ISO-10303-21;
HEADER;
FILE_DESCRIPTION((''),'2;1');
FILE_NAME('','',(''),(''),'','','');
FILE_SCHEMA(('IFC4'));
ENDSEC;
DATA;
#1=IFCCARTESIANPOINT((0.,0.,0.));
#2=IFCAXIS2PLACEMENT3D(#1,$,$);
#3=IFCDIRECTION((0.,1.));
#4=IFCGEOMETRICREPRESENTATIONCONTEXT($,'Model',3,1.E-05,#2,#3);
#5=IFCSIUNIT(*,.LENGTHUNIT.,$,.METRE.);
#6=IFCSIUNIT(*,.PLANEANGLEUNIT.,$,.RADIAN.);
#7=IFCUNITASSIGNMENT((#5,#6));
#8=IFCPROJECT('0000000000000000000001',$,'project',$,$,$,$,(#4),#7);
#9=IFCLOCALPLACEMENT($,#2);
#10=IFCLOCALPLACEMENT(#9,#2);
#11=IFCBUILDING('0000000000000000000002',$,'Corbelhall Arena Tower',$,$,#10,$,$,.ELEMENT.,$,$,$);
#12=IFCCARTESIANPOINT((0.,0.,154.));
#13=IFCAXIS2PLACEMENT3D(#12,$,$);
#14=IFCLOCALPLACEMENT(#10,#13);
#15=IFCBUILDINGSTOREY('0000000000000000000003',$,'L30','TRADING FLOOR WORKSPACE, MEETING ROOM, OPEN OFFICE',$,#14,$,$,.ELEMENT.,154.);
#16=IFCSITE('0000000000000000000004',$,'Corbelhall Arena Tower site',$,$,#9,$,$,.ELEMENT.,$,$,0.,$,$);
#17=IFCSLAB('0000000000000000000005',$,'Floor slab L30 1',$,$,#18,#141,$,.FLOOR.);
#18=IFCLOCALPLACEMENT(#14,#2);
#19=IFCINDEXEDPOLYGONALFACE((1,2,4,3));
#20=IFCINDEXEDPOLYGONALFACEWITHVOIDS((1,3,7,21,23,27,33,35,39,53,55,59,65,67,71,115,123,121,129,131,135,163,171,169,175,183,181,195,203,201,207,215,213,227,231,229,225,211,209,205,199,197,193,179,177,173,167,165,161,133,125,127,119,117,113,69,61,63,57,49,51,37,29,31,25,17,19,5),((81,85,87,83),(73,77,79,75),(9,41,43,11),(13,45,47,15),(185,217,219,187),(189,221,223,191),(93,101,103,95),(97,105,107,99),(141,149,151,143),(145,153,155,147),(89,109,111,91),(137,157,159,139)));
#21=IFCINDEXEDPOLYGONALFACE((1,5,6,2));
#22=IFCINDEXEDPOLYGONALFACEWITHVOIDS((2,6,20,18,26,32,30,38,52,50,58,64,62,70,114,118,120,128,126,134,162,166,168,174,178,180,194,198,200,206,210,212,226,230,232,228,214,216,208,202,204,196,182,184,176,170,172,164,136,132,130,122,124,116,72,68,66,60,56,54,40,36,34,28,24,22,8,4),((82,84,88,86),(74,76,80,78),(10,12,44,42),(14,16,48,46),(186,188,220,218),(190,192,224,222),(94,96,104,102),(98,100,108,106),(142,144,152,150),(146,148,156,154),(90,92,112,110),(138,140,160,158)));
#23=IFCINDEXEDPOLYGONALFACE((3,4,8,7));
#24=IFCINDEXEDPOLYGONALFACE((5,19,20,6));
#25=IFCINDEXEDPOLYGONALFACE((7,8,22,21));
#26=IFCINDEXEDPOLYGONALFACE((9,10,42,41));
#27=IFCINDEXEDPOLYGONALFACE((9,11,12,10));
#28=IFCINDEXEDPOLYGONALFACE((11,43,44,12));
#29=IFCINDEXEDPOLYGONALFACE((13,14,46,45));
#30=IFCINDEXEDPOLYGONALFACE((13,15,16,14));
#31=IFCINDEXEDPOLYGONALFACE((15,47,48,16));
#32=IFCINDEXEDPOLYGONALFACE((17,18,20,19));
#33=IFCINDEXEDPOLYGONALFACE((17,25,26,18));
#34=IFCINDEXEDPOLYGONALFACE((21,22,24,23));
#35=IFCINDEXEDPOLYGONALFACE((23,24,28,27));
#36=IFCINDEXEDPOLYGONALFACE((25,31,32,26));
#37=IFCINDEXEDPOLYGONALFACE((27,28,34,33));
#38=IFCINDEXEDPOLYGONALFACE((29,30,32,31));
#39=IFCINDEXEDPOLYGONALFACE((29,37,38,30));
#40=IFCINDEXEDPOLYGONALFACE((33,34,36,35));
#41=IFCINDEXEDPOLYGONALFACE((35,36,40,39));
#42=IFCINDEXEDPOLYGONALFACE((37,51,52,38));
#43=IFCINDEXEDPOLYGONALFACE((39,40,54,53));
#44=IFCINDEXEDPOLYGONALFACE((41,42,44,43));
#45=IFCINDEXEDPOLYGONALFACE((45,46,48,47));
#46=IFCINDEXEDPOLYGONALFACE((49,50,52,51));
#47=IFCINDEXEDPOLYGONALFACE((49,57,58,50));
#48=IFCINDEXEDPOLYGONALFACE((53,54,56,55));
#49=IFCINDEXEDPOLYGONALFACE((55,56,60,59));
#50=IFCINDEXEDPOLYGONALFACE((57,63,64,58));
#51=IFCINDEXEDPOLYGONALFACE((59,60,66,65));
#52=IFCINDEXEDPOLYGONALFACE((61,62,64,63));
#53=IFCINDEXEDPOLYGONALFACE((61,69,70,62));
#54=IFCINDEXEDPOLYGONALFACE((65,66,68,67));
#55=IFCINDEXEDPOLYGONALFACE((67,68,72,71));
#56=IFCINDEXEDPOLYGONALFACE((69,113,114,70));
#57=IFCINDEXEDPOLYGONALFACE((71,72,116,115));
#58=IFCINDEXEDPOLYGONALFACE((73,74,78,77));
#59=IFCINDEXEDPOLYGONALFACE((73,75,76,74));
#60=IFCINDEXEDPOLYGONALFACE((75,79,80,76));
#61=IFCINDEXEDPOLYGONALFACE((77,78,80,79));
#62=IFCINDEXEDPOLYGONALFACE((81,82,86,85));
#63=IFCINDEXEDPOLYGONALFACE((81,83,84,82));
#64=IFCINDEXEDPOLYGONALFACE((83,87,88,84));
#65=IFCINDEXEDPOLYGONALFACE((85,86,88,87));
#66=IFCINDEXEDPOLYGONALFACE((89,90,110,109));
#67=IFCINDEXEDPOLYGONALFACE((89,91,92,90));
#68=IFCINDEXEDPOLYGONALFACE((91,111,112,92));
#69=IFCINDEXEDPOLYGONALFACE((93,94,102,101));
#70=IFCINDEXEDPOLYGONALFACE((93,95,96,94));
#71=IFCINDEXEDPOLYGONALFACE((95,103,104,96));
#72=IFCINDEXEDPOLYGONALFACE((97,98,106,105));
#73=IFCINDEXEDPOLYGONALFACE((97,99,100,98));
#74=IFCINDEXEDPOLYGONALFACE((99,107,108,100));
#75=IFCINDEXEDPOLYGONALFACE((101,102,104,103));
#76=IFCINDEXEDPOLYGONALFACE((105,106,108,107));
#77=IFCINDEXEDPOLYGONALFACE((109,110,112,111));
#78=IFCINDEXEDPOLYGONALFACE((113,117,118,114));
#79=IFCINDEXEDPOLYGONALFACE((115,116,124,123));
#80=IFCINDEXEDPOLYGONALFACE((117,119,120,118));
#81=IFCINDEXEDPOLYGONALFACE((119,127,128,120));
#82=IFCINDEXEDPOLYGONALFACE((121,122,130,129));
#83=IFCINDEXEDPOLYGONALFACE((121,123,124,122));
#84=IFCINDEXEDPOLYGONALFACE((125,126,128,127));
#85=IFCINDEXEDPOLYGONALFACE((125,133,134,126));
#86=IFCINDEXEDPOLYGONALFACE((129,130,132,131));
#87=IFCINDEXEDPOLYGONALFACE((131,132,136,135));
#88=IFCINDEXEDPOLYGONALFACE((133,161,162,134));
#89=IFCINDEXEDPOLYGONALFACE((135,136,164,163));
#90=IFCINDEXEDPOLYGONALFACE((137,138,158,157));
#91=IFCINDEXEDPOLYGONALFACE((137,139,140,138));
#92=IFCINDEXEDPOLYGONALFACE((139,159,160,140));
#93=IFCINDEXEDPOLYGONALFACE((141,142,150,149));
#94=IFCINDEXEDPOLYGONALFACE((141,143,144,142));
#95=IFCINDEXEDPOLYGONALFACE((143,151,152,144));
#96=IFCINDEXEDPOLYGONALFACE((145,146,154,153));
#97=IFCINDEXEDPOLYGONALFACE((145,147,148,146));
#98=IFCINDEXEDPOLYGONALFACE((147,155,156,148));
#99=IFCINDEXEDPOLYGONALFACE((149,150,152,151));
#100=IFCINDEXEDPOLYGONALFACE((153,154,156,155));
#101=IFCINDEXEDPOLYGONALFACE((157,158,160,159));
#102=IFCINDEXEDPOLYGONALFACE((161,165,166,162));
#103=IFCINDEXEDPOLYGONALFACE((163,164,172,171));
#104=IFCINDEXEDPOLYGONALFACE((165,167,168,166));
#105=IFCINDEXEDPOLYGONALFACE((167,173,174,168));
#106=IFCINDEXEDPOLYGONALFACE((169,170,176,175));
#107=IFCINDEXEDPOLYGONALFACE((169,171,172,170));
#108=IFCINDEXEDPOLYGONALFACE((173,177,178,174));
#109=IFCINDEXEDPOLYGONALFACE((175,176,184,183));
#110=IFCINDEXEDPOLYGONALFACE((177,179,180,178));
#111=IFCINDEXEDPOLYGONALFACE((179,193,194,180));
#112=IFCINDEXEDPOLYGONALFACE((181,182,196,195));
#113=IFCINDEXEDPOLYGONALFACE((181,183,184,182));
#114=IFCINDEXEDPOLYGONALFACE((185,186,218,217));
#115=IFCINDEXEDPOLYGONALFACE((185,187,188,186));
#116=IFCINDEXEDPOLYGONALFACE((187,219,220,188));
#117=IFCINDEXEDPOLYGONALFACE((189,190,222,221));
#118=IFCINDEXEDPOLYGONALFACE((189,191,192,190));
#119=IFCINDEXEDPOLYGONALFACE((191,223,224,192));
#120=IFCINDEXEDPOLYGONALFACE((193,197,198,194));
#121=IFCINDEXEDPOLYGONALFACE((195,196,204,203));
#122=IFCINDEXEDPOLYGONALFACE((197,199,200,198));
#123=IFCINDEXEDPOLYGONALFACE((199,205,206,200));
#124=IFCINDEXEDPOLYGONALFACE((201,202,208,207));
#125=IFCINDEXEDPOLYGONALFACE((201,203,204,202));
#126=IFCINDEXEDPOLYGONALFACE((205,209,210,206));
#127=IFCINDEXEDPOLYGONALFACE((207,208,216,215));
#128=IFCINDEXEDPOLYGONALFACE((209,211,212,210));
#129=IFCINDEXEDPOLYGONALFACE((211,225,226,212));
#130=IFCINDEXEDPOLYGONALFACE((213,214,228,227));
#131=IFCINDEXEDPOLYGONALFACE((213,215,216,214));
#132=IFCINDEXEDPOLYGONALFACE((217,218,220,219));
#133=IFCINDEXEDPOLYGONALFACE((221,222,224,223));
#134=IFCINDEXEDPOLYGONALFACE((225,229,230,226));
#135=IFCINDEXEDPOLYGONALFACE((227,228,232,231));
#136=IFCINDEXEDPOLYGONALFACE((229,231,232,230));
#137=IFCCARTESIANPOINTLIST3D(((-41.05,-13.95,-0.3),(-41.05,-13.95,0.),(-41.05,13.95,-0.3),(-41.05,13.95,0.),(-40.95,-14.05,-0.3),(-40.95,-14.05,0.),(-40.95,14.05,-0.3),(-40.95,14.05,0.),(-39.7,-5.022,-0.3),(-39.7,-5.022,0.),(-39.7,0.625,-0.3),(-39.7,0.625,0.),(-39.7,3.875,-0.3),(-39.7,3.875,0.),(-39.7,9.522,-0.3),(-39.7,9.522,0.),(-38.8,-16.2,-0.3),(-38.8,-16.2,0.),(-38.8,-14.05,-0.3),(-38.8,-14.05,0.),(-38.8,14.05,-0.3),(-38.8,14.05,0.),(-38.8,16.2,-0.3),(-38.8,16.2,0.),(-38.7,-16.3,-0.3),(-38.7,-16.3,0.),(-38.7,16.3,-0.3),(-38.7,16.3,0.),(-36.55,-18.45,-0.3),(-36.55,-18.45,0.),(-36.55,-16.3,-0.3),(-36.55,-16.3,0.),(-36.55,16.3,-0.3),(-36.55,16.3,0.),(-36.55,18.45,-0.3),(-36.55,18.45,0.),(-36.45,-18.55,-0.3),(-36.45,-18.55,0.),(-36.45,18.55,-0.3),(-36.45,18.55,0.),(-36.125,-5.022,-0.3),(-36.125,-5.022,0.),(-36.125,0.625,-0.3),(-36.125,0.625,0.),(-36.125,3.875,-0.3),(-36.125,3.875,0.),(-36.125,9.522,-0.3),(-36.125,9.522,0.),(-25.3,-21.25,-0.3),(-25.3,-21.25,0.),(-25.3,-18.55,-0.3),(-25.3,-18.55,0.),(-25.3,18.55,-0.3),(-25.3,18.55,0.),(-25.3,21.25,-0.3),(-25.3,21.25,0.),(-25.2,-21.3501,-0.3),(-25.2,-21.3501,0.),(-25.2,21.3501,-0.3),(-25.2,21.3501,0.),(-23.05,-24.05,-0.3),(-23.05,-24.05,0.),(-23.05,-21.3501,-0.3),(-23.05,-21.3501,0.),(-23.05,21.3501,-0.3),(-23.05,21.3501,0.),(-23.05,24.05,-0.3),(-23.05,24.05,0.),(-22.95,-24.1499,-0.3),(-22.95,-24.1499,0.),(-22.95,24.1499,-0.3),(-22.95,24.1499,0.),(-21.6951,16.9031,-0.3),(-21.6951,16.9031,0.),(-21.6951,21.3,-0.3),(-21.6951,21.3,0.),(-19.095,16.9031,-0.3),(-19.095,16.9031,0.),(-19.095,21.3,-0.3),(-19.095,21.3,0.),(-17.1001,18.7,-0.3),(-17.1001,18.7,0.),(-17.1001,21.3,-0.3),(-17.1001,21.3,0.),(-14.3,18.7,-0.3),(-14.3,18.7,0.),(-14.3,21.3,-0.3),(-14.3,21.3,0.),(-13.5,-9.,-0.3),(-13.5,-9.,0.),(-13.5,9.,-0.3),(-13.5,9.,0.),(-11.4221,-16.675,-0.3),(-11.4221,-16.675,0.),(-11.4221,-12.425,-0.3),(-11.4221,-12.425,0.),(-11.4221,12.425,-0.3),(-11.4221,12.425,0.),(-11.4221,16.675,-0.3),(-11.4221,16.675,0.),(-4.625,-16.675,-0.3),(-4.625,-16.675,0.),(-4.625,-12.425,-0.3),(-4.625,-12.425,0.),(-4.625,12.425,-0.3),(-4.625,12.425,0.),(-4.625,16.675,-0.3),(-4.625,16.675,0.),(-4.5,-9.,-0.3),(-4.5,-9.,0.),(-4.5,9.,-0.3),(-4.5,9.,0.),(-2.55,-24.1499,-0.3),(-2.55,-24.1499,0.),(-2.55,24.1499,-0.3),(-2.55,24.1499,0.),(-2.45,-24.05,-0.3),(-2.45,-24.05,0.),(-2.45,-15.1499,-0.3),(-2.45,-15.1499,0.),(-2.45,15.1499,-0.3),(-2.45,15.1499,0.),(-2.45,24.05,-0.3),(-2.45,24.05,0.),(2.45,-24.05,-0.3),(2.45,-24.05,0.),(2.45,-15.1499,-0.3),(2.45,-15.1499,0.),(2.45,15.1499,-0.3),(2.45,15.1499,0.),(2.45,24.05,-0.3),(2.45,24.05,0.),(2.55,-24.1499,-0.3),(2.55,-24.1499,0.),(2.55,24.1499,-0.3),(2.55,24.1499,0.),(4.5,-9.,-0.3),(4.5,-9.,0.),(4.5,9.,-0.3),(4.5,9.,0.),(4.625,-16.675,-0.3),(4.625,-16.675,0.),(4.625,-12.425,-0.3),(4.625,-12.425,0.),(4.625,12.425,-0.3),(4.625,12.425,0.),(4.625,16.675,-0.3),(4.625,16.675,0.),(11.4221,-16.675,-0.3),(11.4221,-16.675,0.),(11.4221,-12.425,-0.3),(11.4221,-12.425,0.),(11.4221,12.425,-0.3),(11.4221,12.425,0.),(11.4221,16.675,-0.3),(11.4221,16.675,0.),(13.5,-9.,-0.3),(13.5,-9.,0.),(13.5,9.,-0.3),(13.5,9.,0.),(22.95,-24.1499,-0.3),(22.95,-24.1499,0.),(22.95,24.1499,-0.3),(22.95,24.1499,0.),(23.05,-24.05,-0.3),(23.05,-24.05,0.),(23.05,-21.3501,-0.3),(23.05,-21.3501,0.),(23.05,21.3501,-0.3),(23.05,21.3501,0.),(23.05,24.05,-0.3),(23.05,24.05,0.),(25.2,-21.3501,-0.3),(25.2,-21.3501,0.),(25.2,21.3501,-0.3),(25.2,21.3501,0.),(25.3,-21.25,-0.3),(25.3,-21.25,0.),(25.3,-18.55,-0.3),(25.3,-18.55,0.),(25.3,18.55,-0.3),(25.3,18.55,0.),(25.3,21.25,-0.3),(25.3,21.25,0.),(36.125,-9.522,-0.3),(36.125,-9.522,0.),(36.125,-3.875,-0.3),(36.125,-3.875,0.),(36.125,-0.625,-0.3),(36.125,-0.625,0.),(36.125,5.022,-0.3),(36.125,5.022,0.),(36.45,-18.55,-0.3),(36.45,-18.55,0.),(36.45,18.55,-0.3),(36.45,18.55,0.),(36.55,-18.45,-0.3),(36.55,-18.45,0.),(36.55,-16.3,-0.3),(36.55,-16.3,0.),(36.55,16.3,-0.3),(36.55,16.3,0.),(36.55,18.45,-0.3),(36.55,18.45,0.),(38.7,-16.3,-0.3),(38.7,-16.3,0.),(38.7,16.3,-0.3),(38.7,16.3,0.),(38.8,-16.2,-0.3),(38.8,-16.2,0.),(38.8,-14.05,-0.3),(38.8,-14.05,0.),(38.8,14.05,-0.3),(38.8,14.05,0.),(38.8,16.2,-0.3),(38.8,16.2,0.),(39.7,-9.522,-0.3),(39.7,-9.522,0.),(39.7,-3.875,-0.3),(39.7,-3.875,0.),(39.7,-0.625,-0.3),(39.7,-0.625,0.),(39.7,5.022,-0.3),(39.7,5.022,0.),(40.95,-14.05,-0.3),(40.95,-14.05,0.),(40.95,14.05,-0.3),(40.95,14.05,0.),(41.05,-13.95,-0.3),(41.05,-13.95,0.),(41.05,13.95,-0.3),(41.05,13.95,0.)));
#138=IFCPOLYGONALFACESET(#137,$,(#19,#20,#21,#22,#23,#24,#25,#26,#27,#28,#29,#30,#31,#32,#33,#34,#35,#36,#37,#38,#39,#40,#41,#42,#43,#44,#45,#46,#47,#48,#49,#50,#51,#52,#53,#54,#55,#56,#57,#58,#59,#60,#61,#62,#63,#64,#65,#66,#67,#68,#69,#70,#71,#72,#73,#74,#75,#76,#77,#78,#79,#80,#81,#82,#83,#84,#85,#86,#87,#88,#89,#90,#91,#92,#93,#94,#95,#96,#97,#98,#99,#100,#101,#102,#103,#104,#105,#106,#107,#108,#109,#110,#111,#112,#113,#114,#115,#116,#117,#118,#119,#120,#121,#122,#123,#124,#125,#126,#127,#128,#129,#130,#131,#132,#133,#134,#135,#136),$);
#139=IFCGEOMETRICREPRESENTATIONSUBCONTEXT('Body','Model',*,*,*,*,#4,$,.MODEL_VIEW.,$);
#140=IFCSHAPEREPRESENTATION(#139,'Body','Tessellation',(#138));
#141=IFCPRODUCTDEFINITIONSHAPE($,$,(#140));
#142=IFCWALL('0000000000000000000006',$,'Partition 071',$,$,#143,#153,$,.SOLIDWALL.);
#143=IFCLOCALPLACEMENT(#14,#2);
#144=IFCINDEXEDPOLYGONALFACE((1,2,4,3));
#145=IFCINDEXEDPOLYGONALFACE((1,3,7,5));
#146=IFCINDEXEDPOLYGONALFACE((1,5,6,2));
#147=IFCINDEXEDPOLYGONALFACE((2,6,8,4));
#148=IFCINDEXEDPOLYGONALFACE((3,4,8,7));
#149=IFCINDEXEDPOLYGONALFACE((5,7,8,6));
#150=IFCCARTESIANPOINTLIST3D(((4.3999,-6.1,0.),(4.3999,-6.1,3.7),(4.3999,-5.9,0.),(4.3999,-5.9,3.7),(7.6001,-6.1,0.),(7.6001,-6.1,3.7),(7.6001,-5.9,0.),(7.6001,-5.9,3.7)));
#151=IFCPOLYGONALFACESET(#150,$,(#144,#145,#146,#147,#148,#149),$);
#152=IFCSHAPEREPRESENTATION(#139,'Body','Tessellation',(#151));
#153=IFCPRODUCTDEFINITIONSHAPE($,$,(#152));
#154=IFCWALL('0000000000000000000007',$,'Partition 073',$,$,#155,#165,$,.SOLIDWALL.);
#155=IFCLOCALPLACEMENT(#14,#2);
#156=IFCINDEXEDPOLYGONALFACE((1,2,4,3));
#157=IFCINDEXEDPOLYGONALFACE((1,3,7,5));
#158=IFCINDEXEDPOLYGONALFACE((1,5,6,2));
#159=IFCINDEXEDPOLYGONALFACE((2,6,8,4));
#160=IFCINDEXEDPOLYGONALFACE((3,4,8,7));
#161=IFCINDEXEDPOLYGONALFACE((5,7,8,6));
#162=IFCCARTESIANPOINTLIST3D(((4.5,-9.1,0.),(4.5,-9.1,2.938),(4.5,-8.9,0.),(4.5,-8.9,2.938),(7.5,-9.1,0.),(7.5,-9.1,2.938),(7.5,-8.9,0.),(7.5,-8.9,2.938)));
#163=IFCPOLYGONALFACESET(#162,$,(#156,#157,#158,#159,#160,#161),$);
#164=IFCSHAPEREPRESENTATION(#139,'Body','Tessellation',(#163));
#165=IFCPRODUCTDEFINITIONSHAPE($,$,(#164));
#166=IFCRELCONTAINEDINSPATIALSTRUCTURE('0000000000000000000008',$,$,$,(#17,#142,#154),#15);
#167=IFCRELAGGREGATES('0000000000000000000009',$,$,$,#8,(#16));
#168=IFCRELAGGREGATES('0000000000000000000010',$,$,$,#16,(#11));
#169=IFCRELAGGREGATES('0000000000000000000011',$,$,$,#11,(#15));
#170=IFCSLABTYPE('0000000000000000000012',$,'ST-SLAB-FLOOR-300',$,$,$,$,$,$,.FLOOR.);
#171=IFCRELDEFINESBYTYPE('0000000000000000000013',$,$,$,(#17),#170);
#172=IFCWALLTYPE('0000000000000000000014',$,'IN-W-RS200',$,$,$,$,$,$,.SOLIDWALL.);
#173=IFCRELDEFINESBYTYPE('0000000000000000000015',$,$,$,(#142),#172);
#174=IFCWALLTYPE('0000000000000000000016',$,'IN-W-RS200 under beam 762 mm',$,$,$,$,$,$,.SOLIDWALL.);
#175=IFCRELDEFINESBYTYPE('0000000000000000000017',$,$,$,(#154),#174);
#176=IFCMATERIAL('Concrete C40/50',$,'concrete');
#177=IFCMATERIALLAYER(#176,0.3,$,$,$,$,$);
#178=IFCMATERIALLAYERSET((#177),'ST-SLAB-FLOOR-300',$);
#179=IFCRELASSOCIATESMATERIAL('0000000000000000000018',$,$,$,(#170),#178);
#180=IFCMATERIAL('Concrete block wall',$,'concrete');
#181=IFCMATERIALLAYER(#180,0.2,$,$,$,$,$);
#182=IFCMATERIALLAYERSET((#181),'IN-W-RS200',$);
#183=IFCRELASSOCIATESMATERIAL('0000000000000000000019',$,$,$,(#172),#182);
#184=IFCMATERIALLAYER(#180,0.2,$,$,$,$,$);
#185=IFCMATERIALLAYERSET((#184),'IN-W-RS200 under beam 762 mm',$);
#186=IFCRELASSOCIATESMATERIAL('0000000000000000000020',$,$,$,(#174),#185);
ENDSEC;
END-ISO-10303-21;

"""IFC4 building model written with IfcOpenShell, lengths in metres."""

from ifc_helpers import new_model, si_unit, direction, frame, frame_2d, origin, place, context, subcontext, project, spatial, polyline, rectangle, outline, extrude, material, layer, layer_set, type_object, element, save


model = new_model("IFC4")

# Units and contexts
model_context = context("Model", 3, precision=1e-05, world=origin(), true_north=direction((0.0, 1.0)))
body_context = subcontext(model_context, "Body", "Model", "MODEL_VIEW")
ifc_project = project(units=[si_unit("LENGTHUNIT", "METRE"), si_unit("PLANEANGLEUNIT", "RADIAN")], contexts=[model_context])

# Site, building, storey
site_placement = place(None, origin())
site = spatial("IfcSite", under=ifc_project, at=site_placement, Name="Corbelhall Arena Tower site", CompositionType="ELEMENT", RefElevation=0.0)
building_placement = place(site_placement, origin())
building = spatial("IfcBuilding", under=site, at=building_placement, Name="Corbelhall Arena Tower", CompositionType="ELEMENT")
storey_placement = place(building_placement, frame((0.0, 0.0, 154.0)))
storey = spatial("IfcBuildingStorey", under=building, at=storey_placement, Name="L30", Description="TRADING FLOOR WORKSPACE, MEETING ROOM, OPEN OFFICE", CompositionType="ELEMENT", Elevation=154.0)

# Shared definitions
ifc_material_1 = material(Name="Concrete C40/50", Category="concrete")

# Slab
ifc_layer_1 = layer(ifc_material_1, 0.3)
ifc_layer_set_1 = layer_set([ifc_layer_1], Name="ST-SLAB-FLOOR-300")
slab_type_1 = type_object("IfcSlabType", Name="ST-SLAB-FLOOR-300", PredefinedType="FLOOR", material=ifc_layer_set_1)
slab_1_placement = place(storey_placement, frame((0.0, 0.0, -0.3)))
element("IfcSlab", 1, at=slab_1_placement, inside=storey, type_object=slab_type_1, Name="Floor slab L30 1", PredefinedType="FLOOR", context=body_context, shape_type="SweptSolid", body=[
    extrude(outline(polyline([(25.3, 18.55), (25.3, 21.25), (25.2, 21.3501), (23.05, 21.3501), (23.05, 24.05), (22.95, 24.1499), (2.55, 24.1499), (2.45, 24.05), (2.45, 15.1499), (-2.45, 15.1499), (-2.45, 24.05), (-2.55, 24.1499), (-22.95, 24.1499), (-23.05, 24.05), (-23.05, 21.3501), (-25.2, 21.3501), (-25.3, 21.25), (-25.3, 18.55), (-36.45, 18.55), (-36.55, 18.45), (-36.55, 16.3), (-38.7, 16.3), (-38.8, 16.2), (-38.8, 14.05), (-40.95, 14.05), (-41.05, 13.95), (-41.05, -13.95), (-40.95, -14.05), (-38.8, -14.05), (-38.8, -16.2), (-38.7, -16.3), (-36.55, -16.3), (-36.55, -18.45), (-36.45, -18.55), (-25.3, -18.55), (-25.3, -21.25), (-25.2, -21.3501), (-23.05, -21.3501), (-23.05, -24.05), (-22.95, -24.1499), (-2.55, -24.1499), (-2.45, -24.05), (-2.45, -15.1499), (2.45, -15.1499), (2.45, -24.05), (2.55, -24.1499), (22.95, -24.1499), (23.05, -24.05), (23.05, -21.3501), (25.2, -21.3501), (25.3, -21.25), (25.3, -18.55), (36.45, -18.55), (36.55, -18.45), (36.55, -16.3), (38.7, -16.3), (38.8, -16.2), (38.8, -14.05), (40.95, -14.05), (41.05, -13.95), (41.05, 13.95), (40.95, 14.05), (38.8, 14.05), (38.8, 16.2), (38.7, 16.3), (36.55, 16.3), (36.55, 18.45), (36.45, 18.55), (25.3, 18.55)]), holes=[polyline([(-13.5, 9.0), (-13.5, -9.0), (-4.5, -9.0), (-4.5, 9.0), (-13.5, 9.0)]), polyline([(4.5, 9.0), (4.5, -9.0), (13.5, -9.0), (13.5, 9.0), (4.5, 9.0)]), polyline([(-4.625, 16.675), (-11.4221, 16.675), (-11.4221, 12.425), (-4.625, 12.425), (-4.625, 16.675)]), polyline([(-4.625, -16.675), (-4.625, -12.425), (-11.4221, -12.425), (-11.4221, -16.675), (-4.625, -16.675)]), polyline([(11.4221, 16.675), (4.625, 16.675), (4.625, 12.425), (11.4221, 12.425), (11.4221, 16.675)]), polyline([(11.4221, -16.675), (11.4221, -12.425), (4.625, -12.425), (4.625, -16.675), (11.4221, -16.675)]), polyline([(-36.125, 3.875), (-36.125, 9.522), (-39.7, 9.522), (-39.7, 3.875), (-36.125, 3.875)]), polyline([(-36.125, 0.625), (-39.7, 0.625), (-39.7, -5.022), (-36.125, -5.022), (-36.125, 0.625)]), polyline([(39.7, -9.522), (39.7, -3.875), (36.125, -3.875), (36.125, -9.522), (39.7, -9.522)]), polyline([(39.7, 5.022), (36.125, 5.022), (36.125, -0.625), (39.7, -0.625), (39.7, 5.022)]), polyline([(-21.6951, 21.3), (-21.6951, 16.9031), (-19.095, 16.9031), (-19.095, 21.3), (-21.6951, 21.3)]), polyline([(-14.3, 21.3), (-17.1001, 21.3), (-17.1001, 18.7), (-14.3, 18.7), (-14.3, 21.3)])]), origin(), (0.0, 0.0, 1.0), 0.3),
])

# Wall
ifc_material_2 = material(Name="Concrete block wall", Category="concrete")
ifc_layer_2 = layer(ifc_material_2, 0.2)
ifc_layer_set_2 = layer_set([ifc_layer_2], Name="IN-W-RS200")
wall_type_1 = type_object("IfcWallType", Name="IN-W-RS200", PredefinedType="SOLIDWALL", material=ifc_layer_set_2)
wall_1_placement = place(storey_placement, frame((4.3999, -6.0, 0.0), z_axis=(0.0, 0.0, 1.0), x_axis=(1.0, 0.0, 0.0)))
element("IfcWall", 2, at=wall_1_placement, inside=storey, type_object=wall_type_1, Name="Partition 071", PredefinedType="SOLIDWALL", context=body_context, shape_type="SweptSolid", body=[
    extrude(rectangle(XDim=3.2002, YDim=0.2, at=frame_2d((1.6001, 0.0))), origin(), (0.0, 0.0, 1.0), 3.7),
])

# Shared definitions
ifc_layer_3 = layer(ifc_material_2, 0.2)
ifc_layer_set_3 = layer_set([ifc_layer_3], Name="IN-W-RS200 under beam 762 mm")
wall_type_2 = type_object("IfcWallType", Name="IN-W-RS200 under beam 762 mm", PredefinedType="SOLIDWALL", material=ifc_layer_set_3)

# Wall
wall_2_placement = place(storey_placement, frame((7.5, -9.0, 0.0), z_axis=(0.0, 0.0, 1.0), x_axis=(-1.0, 0.0, 0.0)))
element("IfcWall", 3, at=wall_2_placement, inside=storey, type_object=wall_type_2, Name="Partition 073", PredefinedType="SOLIDWALL", context=body_context, shape_type="SweptSolid", body=[
    extrude(rectangle(XDim=3.0, YDim=0.2, at=frame_2d((1.5, 0.0))), origin(), (0.0, 0.0, 1.0), 2.938),
])

save(model, "model.ifc")
